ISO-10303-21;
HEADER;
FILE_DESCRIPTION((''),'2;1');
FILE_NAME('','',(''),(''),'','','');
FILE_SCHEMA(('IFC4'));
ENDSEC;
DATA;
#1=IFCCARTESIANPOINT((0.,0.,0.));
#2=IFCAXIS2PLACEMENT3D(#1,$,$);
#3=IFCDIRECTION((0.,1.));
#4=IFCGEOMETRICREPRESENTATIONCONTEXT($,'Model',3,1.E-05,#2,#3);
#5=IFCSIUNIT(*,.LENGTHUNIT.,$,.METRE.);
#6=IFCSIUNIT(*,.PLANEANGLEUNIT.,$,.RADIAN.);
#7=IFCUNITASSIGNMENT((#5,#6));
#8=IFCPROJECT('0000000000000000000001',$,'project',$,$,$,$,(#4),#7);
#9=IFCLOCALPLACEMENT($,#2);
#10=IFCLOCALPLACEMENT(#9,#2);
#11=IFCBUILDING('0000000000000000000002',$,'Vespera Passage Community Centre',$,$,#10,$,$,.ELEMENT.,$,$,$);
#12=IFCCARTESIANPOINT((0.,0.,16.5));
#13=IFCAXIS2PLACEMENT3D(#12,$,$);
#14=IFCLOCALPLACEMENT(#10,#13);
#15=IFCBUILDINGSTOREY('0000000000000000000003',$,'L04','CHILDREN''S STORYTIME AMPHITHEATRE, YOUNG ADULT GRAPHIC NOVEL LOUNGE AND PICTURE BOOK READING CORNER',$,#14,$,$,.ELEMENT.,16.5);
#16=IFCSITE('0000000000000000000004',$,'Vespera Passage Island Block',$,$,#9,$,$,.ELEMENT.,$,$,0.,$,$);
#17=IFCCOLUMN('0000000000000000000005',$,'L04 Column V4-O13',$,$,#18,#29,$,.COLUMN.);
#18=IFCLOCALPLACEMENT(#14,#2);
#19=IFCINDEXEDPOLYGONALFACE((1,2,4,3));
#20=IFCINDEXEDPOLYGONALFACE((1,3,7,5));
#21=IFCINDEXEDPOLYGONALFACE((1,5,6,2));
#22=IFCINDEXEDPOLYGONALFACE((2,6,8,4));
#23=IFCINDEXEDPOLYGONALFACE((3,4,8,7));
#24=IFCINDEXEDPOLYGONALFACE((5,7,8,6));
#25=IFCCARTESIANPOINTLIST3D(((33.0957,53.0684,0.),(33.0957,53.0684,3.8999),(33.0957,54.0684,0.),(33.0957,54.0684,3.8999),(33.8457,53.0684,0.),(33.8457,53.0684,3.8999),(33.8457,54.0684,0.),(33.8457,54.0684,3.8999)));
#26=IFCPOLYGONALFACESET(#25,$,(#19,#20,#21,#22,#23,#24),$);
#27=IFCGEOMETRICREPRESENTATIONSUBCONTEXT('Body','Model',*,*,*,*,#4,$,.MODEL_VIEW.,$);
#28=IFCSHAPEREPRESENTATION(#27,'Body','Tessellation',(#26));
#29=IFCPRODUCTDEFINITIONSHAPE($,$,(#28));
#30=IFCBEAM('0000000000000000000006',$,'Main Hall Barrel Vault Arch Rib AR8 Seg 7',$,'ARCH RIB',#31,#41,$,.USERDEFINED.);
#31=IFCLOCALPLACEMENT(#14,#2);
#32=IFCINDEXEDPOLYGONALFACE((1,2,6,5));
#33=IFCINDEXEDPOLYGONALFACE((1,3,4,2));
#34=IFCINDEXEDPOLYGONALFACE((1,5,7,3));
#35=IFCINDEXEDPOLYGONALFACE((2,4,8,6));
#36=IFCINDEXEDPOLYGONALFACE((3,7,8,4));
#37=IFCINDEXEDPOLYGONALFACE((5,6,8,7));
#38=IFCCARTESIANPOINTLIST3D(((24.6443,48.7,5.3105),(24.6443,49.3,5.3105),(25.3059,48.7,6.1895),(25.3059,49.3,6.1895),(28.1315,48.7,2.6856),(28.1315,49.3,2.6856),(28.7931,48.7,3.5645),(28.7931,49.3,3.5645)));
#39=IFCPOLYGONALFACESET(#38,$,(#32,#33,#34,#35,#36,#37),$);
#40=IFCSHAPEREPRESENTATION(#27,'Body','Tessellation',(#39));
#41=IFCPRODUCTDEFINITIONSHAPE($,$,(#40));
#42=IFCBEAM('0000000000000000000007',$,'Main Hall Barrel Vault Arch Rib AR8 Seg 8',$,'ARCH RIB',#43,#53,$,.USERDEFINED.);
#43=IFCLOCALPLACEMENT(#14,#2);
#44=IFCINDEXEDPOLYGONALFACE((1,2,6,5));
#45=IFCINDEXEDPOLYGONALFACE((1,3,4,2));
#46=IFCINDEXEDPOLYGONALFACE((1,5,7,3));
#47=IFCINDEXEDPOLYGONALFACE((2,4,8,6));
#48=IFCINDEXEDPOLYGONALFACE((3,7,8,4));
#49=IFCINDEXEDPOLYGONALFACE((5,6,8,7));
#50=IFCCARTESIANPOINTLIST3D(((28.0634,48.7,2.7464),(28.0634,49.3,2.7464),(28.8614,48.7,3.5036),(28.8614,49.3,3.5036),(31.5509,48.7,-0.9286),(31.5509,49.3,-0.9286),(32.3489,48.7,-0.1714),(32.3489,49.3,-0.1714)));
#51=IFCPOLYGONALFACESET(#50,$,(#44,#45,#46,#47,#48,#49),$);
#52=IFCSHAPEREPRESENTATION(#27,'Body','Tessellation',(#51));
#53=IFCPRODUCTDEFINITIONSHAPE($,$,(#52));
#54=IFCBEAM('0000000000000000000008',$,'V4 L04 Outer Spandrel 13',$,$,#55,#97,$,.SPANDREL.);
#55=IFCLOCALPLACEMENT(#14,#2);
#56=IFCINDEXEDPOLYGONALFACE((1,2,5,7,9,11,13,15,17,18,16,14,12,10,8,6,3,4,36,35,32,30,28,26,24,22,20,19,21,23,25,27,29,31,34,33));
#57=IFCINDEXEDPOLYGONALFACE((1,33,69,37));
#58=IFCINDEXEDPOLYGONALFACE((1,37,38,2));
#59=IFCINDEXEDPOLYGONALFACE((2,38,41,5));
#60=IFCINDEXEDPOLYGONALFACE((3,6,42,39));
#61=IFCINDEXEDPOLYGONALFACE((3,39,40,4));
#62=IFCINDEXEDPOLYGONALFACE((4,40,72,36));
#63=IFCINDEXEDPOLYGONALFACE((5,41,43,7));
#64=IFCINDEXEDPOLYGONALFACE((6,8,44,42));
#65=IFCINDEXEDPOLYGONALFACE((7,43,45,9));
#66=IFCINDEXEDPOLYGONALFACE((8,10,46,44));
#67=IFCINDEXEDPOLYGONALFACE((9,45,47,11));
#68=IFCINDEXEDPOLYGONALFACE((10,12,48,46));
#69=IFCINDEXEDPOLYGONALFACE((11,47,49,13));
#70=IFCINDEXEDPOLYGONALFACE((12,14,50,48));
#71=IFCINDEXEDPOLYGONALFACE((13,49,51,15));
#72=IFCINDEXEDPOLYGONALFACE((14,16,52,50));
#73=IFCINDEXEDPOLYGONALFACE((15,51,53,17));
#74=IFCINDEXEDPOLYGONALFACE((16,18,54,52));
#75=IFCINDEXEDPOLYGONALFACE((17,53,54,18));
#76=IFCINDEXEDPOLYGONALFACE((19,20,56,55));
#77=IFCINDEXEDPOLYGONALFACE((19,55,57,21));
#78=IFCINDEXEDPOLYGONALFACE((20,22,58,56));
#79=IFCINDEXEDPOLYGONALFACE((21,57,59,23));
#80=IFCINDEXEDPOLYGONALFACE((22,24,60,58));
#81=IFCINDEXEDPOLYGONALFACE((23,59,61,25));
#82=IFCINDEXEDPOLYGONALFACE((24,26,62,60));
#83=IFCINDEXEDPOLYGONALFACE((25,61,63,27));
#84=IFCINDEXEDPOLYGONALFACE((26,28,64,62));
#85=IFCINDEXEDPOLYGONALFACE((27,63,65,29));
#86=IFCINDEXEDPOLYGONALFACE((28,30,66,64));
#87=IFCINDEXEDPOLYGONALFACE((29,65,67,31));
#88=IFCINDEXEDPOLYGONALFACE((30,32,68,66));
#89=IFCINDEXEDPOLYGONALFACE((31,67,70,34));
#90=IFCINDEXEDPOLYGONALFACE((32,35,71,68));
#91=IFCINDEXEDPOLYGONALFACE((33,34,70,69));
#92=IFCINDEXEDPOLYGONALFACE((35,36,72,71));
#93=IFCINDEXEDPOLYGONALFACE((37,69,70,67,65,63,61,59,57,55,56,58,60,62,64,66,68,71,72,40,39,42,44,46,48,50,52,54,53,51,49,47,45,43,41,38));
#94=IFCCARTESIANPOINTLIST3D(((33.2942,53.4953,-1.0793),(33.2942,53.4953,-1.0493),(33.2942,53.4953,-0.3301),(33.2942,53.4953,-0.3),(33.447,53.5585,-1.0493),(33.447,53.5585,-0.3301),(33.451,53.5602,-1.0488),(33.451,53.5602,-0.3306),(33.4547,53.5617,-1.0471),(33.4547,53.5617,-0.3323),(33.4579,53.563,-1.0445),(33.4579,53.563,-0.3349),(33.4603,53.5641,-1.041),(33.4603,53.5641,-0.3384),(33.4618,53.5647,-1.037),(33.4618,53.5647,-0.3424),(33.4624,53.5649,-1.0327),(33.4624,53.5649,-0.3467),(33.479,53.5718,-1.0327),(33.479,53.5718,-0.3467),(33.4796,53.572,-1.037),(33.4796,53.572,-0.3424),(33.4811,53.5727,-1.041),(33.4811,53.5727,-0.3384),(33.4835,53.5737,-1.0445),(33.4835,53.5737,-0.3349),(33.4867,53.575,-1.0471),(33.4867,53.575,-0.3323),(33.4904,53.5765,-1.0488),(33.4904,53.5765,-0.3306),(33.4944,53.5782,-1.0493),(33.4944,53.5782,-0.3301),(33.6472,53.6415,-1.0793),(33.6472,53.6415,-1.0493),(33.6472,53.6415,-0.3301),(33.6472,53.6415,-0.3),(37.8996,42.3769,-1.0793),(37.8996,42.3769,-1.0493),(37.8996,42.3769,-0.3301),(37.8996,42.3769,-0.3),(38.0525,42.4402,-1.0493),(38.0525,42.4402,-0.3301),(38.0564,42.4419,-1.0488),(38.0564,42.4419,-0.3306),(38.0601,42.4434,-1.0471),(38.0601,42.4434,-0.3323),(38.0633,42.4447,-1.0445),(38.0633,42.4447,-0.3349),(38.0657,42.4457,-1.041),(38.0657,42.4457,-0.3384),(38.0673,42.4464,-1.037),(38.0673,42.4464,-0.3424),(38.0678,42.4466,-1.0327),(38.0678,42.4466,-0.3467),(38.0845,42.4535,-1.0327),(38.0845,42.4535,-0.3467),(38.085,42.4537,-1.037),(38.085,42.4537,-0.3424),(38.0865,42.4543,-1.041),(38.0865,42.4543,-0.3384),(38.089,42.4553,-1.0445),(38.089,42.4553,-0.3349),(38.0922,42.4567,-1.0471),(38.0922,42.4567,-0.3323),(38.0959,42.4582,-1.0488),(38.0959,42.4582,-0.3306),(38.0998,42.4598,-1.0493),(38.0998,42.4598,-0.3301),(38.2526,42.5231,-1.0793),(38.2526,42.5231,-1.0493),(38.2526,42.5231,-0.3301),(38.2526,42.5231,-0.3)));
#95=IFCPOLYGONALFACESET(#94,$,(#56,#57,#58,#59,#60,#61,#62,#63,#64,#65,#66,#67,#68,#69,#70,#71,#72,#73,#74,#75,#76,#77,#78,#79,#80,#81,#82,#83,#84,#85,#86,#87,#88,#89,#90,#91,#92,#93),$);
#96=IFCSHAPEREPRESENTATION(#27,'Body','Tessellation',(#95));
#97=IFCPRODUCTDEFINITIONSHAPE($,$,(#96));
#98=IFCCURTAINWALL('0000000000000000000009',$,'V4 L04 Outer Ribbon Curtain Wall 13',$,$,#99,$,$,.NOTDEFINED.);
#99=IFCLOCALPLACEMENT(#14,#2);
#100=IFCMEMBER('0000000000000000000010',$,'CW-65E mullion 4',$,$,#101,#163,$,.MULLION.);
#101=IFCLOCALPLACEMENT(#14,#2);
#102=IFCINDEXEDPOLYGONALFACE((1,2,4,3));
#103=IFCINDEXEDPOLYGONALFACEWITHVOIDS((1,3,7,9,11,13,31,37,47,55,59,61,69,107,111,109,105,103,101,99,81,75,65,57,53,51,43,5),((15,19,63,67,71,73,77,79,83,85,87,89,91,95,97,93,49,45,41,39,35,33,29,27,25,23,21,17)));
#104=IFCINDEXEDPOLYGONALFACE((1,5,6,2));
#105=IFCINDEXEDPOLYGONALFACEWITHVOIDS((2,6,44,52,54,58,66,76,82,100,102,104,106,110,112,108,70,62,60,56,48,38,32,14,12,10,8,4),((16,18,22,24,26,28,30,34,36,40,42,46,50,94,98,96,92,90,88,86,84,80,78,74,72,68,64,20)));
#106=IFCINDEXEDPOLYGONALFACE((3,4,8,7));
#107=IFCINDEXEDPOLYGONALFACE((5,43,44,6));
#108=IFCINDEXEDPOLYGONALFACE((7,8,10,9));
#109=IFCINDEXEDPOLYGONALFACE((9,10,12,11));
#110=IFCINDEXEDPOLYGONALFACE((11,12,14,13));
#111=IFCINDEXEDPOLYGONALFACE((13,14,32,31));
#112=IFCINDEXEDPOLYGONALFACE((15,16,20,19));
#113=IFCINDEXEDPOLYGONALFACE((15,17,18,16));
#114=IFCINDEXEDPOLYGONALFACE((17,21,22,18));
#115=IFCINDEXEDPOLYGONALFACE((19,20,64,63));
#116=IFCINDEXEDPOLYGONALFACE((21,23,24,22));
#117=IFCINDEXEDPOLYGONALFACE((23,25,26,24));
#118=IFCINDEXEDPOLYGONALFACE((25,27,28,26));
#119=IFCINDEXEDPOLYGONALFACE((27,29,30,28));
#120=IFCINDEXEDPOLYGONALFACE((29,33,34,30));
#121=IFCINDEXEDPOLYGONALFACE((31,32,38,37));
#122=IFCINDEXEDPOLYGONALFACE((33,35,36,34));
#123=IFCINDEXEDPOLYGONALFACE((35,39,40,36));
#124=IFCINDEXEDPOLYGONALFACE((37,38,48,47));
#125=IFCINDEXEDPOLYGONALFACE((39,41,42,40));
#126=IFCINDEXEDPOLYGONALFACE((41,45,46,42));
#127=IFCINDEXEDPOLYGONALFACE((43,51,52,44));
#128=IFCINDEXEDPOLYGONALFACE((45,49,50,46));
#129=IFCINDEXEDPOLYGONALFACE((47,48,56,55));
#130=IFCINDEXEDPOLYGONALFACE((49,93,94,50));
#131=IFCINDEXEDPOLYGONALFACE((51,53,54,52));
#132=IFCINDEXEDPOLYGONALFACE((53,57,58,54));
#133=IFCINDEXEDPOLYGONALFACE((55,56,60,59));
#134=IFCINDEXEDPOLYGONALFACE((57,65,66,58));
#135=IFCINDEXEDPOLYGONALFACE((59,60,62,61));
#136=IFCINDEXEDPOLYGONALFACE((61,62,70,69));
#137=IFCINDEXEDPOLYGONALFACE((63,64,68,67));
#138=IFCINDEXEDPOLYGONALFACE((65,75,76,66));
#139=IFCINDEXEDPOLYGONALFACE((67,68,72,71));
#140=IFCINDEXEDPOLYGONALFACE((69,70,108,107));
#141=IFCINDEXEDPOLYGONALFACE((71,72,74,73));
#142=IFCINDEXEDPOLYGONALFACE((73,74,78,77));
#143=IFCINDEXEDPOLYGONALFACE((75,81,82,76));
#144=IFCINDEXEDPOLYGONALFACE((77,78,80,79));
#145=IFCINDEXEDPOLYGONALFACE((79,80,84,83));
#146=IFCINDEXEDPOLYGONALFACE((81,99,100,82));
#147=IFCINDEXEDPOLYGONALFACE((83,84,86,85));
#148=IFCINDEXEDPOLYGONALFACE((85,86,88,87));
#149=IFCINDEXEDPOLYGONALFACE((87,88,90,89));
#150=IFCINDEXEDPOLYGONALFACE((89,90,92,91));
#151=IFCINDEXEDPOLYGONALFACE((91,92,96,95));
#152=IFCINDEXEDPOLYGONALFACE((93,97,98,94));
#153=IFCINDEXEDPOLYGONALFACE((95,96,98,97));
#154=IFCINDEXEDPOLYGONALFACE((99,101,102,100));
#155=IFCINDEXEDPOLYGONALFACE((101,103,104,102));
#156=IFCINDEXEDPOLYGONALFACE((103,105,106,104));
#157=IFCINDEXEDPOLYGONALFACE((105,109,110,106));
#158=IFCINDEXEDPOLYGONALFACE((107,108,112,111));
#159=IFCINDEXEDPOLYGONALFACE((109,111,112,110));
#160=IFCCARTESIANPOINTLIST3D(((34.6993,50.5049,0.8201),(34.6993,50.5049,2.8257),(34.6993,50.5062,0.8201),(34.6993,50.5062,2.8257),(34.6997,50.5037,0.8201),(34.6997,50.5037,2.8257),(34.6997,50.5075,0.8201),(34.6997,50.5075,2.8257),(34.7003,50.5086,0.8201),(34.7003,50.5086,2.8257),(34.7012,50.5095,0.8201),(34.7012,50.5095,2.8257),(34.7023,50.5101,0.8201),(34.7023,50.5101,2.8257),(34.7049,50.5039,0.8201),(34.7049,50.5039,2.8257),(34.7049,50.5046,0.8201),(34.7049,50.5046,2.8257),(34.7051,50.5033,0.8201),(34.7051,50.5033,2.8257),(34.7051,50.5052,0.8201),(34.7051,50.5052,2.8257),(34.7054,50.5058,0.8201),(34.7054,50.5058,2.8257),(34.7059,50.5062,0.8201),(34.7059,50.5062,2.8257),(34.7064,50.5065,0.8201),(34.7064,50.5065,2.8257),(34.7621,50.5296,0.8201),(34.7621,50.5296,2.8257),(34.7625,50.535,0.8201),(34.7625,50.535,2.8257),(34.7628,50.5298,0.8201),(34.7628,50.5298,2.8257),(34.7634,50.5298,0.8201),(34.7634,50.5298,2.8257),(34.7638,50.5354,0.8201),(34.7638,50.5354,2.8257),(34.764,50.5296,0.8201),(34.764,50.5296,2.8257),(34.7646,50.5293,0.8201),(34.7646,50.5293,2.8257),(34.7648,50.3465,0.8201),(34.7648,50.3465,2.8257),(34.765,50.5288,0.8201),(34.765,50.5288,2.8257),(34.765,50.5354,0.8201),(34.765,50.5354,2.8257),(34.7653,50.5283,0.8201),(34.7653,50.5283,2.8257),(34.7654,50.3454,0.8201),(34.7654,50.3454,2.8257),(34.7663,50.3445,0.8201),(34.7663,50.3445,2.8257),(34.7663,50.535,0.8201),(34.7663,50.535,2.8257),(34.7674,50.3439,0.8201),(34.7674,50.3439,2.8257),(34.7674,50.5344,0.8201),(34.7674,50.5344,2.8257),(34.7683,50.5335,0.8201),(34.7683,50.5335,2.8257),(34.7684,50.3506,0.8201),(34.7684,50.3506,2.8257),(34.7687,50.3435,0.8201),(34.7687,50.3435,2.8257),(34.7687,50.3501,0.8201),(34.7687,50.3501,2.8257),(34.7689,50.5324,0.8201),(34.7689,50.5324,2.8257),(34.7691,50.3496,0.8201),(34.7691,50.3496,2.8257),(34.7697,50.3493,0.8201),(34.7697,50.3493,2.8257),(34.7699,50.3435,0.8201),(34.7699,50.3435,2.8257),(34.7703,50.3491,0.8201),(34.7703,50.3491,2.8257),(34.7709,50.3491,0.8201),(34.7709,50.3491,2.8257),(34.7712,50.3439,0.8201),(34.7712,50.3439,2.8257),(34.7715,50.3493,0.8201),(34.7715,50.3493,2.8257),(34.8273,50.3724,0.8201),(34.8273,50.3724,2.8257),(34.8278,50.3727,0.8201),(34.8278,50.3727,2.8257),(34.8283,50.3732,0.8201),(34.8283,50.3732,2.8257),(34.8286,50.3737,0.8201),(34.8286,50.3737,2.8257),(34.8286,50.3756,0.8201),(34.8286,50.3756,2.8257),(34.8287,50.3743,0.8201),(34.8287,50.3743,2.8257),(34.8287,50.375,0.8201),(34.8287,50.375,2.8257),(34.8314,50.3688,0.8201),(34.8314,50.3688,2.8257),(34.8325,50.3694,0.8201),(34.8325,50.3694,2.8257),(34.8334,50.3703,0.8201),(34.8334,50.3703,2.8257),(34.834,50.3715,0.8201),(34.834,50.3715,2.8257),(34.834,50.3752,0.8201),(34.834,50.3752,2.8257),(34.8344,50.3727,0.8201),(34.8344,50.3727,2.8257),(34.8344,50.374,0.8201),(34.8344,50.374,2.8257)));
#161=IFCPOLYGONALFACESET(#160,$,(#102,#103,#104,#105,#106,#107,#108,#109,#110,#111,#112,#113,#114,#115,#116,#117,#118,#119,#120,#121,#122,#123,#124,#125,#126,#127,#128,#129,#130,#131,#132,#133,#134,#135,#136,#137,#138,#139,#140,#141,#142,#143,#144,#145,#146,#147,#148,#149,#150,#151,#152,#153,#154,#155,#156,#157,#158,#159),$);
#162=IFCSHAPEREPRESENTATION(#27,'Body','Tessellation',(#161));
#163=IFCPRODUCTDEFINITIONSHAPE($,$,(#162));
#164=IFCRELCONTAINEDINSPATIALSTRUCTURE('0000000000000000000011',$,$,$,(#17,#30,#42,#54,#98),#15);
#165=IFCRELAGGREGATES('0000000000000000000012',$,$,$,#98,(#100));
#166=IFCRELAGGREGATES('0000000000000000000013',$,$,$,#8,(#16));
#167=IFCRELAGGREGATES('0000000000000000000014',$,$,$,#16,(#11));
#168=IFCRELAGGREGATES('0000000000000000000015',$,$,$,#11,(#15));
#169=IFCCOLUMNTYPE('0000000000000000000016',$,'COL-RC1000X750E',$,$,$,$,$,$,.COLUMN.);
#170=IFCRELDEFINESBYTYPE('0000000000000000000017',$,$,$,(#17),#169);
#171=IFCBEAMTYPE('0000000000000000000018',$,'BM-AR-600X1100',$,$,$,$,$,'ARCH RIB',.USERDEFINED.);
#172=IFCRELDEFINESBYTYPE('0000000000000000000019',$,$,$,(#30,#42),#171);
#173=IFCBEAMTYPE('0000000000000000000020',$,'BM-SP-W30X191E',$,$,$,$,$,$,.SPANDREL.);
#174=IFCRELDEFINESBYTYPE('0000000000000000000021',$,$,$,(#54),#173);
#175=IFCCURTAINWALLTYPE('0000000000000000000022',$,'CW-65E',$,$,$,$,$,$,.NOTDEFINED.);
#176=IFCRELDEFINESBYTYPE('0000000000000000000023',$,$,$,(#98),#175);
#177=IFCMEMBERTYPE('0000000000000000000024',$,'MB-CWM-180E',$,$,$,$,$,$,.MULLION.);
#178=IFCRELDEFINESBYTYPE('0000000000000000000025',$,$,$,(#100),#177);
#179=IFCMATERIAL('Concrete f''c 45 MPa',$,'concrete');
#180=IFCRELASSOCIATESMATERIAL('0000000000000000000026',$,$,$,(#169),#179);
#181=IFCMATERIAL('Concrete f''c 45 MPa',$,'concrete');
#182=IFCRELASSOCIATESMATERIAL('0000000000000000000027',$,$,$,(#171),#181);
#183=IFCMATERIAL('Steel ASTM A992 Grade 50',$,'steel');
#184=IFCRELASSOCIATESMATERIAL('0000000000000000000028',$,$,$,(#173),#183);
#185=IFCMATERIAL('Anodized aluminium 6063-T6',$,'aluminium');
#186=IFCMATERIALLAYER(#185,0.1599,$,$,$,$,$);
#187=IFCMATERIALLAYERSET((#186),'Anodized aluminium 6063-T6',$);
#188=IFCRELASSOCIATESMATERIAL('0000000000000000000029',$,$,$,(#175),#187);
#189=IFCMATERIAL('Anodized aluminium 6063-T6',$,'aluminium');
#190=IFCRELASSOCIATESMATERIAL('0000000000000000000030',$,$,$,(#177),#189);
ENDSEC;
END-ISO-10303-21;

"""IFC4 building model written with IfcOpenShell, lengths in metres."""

from ifc_helpers import new_model, si_unit, direction, frame, origin, origin_2d, place, context, subcontext, project, spatial, rectangle, hollow_rectangle, i_section, extrude, material, layer, layer_set, material_profile, profile_set, type_object, element, aggregate, save


model = new_model("IFC4")

# Units and contexts
model_context = context("Model", 3, precision=1e-05, world=origin(), true_north=direction((0.0, 1.0)))
body_context = subcontext(model_context, "Body", "Model", "MODEL_VIEW")
ifc_project = project(units=[si_unit("LENGTHUNIT", "METRE"), si_unit("PLANEANGLEUNIT", "RADIAN")], contexts=[model_context])

# Site, building, storey
site_placement = place(None, origin())
site = spatial("IfcSite", under=ifc_project, at=site_placement, Name="Vespera Passage Island Block", CompositionType="ELEMENT", RefElevation=0.0)
building_placement = place(site_placement, origin())
building = spatial("IfcBuilding", under=site, at=building_placement, Name="Vespera Passage Community Centre", CompositionType="ELEMENT")
storey_placement = place(building_placement, frame((0.0, 0.0, 16.5)))
storey = spatial("IfcBuildingStorey", under=building, at=storey_placement, Name="L04", Description="CHILDREN'S STORYTIME AMPHITHEATRE, YOUNG ADULT GRAPHIC NOVEL LOUNGE AND PICTURE BOOK READING CORNER", CompositionType="ELEMENT", Elevation=16.5)

# Column
ifc_material_1 = material(Name="Concrete f'c 45 MPa", Category="concrete")
ifc_material_profile_1 = material_profile(ifc_material_1, rectangle(XDim=0.75, YDim=1.0, at=origin_2d()), Name="RC1000X750")
ifc_profile_set_1 = profile_set([ifc_material_profile_1], Name="Concrete f'c 45 MPa")
column_type = type_object("IfcColumnType", Name="COL-RC1000X750E", PredefinedType="COLUMN", material=ifc_profile_set_1)
column_placement = place(storey_placement, frame((33.4707, 53.5684, 0.0), z_axis=(0.0, 0.0, 1.0), x_axis=(1.0, 0.0, 0.0)))
element("IfcColumn", 1, at=column_placement, inside=storey, type_object=column_type, Name="L04 Column V4-O13", PredefinedType="COLUMN", context=body_context, shape_type="SweptSolid", body=[
    extrude(rectangle(XDim=0.75, YDim=1.0, at=origin_2d()), origin(), (0.0, 0.0, 1.0), 3.8999),
])

# Beams
ifc_material_2 = material(Name="Concrete f'c 45 MPa", Category="concrete")
ifc_material_profile_2 = material_profile(ifc_material_2, rectangle(XDim=0.6001, YDim=1.1001, at=origin_2d()), Name="RC600X1100")
ifc_profile_set_2 = profile_set([ifc_material_profile_2], Name="Concrete f'c 45 MPa")
beam_type_1 = type_object("IfcBeamType", Name="BM-AR-600X1100", ElementType="ARCH RIB", PredefinedType="USERDEFINED", material=ifc_profile_set_2)
beam_1_placement = place(storey_placement, frame((24.9751, 49.0, 5.75), z_axis=(0.798952, 0.0, -0.601395), x_axis=(0.0, 1.0, 0.0)))
element("IfcBeam", 2, at=beam_1_placement, inside=storey, type_object=beam_type_1, Name="Main Hall Barrel Vault Arch Rib AR8 Seg 7", ObjectType="ARCH RIB", PredefinedType="USERDEFINED", context=body_context, shape_type="SweptSolid", body=[
    extrude(rectangle(XDim=0.6001, YDim=1.1001, at=origin_2d()), origin(), (0.0, 0.0, 1.0), 4.3647),
])
beam_2_placement = place(storey_placement, frame((28.4624, 49.0, 3.125), z_axis=(0.688361, 0.0, -0.725369), x_axis=(0.0, 1.0, 0.0)))
element("IfcBeam", 3, at=beam_2_placement, inside=storey, type_object=beam_type_1, Name="Main Hall Barrel Vault Arch Rib AR8 Seg 8", ObjectType="ARCH RIB", PredefinedType="USERDEFINED", context=body_context, shape_type="SweptSolid", body=[
    extrude(rectangle(XDim=0.6001, YDim=1.1001, at=origin_2d()), origin(), (0.0, 0.0, 1.0), 5.0664),
])
ifc_material_3 = material(Name="Steel ASTM A992 Grade 50", Category="steel")
ifc_material_profile_3 = material_profile(ifc_material_3, i_section(OverallWidth=0.3821, OverallDepth=0.7793, WebThickness=0.0181, FlangeThickness=0.03, FilletRadius=0.0166, at=origin_2d()), Name="W30X191")
ifc_profile_set_3 = profile_set([ifc_material_profile_3], Name="Steel ASTM A992 Grade 50")
beam_type_2 = type_object("IfcBeamType", Name="BM-SP-W30X191E", PredefinedType="SPANDREL", material=ifc_profile_set_3)
beam_3_placement = place(storey_placement, frame((33.4707, 53.5684, -0.6897), z_axis=(0.382689, -0.923877, 0.0), x_axis=(0.923877, 0.382689, 0.0)))
element("IfcBeam", 4, at=beam_3_placement, inside=storey, type_object=beam_type_2, Name="V4 L04 Outer Spandrel 13", PredefinedType="SPANDREL", context=body_context, shape_type="SweptSolid", body=[
    extrude(i_section(OverallWidth=0.3821, OverallDepth=0.7793, WebThickness=0.0181, FlangeThickness=0.03, FilletRadius=0.0166, at=origin_2d()), origin(), (0.0, 0.0, 1.0), 12.0344),
])

# Curtain wall, member
ifc_material_4 = material(Name="Anodized aluminium 6063-T6", Category="aluminium")
ifc_layer_1 = layer(ifc_material_4, 0.1599)
ifc_layer_set_1 = layer_set([ifc_layer_1], Name="Anodized aluminium 6063-T6")
curtain_wall_type = type_object("IfcCurtainWallType", Name="CW-65E", PredefinedType="NOTDEFINED", material=ifc_layer_set_1)
curtain_wall_placement = place(storey_placement, origin())
curtain_wall = element("IfcCurtainWall", 5, at=curtain_wall_placement, inside=storey, type_object=curtain_wall_type, Name="V4 L04 Outer Ribbon Curtain Wall 13", PredefinedType="NOTDEFINED")
ifc_material_5 = material(Name="Anodized aluminium 6063-T6", Category="aluminium")
ifc_material_profile_4 = material_profile(ifc_material_5, hollow_rectangle(XDim=0.075, YDim=0.1799, WallThickness=0.0049, InnerFilletRadius=0.0024, OuterFilletRadius=0.0049, at=origin_2d()), Name="ALU180X75X5")
ifc_profile_set_4 = profile_set([ifc_material_profile_4], Name="Anodized aluminium 6063-T6")
member_type_1 = type_object("IfcMemberType", Name="MB-CWM-180E", PredefinedType="MULLION", material=ifc_profile_set_4)
member_1_placement = place(storey_placement, frame((34.7668, 50.4395, 0.8201), z_axis=(0.0, 0.0, 1.0), x_axis=(-0.923881, -0.382679, 0.0)))
member_1 = element("IfcMember", 6, at=member_1_placement, type_object=member_type_1, Name="CW-65E mullion 4", PredefinedType="MULLION", context=body_context, shape_type="SweptSolid", body=[
    extrude(hollow_rectangle(XDim=0.075, YDim=0.1799, WallThickness=0.0049, InnerFilletRadius=0.0024, OuterFilletRadius=0.0049, at=origin_2d()), origin(), (0.0, 0.0, 1.0), 2.0056),
])

aggregate(curtain_wall, [member_1])

save(model, "model.ifc")
